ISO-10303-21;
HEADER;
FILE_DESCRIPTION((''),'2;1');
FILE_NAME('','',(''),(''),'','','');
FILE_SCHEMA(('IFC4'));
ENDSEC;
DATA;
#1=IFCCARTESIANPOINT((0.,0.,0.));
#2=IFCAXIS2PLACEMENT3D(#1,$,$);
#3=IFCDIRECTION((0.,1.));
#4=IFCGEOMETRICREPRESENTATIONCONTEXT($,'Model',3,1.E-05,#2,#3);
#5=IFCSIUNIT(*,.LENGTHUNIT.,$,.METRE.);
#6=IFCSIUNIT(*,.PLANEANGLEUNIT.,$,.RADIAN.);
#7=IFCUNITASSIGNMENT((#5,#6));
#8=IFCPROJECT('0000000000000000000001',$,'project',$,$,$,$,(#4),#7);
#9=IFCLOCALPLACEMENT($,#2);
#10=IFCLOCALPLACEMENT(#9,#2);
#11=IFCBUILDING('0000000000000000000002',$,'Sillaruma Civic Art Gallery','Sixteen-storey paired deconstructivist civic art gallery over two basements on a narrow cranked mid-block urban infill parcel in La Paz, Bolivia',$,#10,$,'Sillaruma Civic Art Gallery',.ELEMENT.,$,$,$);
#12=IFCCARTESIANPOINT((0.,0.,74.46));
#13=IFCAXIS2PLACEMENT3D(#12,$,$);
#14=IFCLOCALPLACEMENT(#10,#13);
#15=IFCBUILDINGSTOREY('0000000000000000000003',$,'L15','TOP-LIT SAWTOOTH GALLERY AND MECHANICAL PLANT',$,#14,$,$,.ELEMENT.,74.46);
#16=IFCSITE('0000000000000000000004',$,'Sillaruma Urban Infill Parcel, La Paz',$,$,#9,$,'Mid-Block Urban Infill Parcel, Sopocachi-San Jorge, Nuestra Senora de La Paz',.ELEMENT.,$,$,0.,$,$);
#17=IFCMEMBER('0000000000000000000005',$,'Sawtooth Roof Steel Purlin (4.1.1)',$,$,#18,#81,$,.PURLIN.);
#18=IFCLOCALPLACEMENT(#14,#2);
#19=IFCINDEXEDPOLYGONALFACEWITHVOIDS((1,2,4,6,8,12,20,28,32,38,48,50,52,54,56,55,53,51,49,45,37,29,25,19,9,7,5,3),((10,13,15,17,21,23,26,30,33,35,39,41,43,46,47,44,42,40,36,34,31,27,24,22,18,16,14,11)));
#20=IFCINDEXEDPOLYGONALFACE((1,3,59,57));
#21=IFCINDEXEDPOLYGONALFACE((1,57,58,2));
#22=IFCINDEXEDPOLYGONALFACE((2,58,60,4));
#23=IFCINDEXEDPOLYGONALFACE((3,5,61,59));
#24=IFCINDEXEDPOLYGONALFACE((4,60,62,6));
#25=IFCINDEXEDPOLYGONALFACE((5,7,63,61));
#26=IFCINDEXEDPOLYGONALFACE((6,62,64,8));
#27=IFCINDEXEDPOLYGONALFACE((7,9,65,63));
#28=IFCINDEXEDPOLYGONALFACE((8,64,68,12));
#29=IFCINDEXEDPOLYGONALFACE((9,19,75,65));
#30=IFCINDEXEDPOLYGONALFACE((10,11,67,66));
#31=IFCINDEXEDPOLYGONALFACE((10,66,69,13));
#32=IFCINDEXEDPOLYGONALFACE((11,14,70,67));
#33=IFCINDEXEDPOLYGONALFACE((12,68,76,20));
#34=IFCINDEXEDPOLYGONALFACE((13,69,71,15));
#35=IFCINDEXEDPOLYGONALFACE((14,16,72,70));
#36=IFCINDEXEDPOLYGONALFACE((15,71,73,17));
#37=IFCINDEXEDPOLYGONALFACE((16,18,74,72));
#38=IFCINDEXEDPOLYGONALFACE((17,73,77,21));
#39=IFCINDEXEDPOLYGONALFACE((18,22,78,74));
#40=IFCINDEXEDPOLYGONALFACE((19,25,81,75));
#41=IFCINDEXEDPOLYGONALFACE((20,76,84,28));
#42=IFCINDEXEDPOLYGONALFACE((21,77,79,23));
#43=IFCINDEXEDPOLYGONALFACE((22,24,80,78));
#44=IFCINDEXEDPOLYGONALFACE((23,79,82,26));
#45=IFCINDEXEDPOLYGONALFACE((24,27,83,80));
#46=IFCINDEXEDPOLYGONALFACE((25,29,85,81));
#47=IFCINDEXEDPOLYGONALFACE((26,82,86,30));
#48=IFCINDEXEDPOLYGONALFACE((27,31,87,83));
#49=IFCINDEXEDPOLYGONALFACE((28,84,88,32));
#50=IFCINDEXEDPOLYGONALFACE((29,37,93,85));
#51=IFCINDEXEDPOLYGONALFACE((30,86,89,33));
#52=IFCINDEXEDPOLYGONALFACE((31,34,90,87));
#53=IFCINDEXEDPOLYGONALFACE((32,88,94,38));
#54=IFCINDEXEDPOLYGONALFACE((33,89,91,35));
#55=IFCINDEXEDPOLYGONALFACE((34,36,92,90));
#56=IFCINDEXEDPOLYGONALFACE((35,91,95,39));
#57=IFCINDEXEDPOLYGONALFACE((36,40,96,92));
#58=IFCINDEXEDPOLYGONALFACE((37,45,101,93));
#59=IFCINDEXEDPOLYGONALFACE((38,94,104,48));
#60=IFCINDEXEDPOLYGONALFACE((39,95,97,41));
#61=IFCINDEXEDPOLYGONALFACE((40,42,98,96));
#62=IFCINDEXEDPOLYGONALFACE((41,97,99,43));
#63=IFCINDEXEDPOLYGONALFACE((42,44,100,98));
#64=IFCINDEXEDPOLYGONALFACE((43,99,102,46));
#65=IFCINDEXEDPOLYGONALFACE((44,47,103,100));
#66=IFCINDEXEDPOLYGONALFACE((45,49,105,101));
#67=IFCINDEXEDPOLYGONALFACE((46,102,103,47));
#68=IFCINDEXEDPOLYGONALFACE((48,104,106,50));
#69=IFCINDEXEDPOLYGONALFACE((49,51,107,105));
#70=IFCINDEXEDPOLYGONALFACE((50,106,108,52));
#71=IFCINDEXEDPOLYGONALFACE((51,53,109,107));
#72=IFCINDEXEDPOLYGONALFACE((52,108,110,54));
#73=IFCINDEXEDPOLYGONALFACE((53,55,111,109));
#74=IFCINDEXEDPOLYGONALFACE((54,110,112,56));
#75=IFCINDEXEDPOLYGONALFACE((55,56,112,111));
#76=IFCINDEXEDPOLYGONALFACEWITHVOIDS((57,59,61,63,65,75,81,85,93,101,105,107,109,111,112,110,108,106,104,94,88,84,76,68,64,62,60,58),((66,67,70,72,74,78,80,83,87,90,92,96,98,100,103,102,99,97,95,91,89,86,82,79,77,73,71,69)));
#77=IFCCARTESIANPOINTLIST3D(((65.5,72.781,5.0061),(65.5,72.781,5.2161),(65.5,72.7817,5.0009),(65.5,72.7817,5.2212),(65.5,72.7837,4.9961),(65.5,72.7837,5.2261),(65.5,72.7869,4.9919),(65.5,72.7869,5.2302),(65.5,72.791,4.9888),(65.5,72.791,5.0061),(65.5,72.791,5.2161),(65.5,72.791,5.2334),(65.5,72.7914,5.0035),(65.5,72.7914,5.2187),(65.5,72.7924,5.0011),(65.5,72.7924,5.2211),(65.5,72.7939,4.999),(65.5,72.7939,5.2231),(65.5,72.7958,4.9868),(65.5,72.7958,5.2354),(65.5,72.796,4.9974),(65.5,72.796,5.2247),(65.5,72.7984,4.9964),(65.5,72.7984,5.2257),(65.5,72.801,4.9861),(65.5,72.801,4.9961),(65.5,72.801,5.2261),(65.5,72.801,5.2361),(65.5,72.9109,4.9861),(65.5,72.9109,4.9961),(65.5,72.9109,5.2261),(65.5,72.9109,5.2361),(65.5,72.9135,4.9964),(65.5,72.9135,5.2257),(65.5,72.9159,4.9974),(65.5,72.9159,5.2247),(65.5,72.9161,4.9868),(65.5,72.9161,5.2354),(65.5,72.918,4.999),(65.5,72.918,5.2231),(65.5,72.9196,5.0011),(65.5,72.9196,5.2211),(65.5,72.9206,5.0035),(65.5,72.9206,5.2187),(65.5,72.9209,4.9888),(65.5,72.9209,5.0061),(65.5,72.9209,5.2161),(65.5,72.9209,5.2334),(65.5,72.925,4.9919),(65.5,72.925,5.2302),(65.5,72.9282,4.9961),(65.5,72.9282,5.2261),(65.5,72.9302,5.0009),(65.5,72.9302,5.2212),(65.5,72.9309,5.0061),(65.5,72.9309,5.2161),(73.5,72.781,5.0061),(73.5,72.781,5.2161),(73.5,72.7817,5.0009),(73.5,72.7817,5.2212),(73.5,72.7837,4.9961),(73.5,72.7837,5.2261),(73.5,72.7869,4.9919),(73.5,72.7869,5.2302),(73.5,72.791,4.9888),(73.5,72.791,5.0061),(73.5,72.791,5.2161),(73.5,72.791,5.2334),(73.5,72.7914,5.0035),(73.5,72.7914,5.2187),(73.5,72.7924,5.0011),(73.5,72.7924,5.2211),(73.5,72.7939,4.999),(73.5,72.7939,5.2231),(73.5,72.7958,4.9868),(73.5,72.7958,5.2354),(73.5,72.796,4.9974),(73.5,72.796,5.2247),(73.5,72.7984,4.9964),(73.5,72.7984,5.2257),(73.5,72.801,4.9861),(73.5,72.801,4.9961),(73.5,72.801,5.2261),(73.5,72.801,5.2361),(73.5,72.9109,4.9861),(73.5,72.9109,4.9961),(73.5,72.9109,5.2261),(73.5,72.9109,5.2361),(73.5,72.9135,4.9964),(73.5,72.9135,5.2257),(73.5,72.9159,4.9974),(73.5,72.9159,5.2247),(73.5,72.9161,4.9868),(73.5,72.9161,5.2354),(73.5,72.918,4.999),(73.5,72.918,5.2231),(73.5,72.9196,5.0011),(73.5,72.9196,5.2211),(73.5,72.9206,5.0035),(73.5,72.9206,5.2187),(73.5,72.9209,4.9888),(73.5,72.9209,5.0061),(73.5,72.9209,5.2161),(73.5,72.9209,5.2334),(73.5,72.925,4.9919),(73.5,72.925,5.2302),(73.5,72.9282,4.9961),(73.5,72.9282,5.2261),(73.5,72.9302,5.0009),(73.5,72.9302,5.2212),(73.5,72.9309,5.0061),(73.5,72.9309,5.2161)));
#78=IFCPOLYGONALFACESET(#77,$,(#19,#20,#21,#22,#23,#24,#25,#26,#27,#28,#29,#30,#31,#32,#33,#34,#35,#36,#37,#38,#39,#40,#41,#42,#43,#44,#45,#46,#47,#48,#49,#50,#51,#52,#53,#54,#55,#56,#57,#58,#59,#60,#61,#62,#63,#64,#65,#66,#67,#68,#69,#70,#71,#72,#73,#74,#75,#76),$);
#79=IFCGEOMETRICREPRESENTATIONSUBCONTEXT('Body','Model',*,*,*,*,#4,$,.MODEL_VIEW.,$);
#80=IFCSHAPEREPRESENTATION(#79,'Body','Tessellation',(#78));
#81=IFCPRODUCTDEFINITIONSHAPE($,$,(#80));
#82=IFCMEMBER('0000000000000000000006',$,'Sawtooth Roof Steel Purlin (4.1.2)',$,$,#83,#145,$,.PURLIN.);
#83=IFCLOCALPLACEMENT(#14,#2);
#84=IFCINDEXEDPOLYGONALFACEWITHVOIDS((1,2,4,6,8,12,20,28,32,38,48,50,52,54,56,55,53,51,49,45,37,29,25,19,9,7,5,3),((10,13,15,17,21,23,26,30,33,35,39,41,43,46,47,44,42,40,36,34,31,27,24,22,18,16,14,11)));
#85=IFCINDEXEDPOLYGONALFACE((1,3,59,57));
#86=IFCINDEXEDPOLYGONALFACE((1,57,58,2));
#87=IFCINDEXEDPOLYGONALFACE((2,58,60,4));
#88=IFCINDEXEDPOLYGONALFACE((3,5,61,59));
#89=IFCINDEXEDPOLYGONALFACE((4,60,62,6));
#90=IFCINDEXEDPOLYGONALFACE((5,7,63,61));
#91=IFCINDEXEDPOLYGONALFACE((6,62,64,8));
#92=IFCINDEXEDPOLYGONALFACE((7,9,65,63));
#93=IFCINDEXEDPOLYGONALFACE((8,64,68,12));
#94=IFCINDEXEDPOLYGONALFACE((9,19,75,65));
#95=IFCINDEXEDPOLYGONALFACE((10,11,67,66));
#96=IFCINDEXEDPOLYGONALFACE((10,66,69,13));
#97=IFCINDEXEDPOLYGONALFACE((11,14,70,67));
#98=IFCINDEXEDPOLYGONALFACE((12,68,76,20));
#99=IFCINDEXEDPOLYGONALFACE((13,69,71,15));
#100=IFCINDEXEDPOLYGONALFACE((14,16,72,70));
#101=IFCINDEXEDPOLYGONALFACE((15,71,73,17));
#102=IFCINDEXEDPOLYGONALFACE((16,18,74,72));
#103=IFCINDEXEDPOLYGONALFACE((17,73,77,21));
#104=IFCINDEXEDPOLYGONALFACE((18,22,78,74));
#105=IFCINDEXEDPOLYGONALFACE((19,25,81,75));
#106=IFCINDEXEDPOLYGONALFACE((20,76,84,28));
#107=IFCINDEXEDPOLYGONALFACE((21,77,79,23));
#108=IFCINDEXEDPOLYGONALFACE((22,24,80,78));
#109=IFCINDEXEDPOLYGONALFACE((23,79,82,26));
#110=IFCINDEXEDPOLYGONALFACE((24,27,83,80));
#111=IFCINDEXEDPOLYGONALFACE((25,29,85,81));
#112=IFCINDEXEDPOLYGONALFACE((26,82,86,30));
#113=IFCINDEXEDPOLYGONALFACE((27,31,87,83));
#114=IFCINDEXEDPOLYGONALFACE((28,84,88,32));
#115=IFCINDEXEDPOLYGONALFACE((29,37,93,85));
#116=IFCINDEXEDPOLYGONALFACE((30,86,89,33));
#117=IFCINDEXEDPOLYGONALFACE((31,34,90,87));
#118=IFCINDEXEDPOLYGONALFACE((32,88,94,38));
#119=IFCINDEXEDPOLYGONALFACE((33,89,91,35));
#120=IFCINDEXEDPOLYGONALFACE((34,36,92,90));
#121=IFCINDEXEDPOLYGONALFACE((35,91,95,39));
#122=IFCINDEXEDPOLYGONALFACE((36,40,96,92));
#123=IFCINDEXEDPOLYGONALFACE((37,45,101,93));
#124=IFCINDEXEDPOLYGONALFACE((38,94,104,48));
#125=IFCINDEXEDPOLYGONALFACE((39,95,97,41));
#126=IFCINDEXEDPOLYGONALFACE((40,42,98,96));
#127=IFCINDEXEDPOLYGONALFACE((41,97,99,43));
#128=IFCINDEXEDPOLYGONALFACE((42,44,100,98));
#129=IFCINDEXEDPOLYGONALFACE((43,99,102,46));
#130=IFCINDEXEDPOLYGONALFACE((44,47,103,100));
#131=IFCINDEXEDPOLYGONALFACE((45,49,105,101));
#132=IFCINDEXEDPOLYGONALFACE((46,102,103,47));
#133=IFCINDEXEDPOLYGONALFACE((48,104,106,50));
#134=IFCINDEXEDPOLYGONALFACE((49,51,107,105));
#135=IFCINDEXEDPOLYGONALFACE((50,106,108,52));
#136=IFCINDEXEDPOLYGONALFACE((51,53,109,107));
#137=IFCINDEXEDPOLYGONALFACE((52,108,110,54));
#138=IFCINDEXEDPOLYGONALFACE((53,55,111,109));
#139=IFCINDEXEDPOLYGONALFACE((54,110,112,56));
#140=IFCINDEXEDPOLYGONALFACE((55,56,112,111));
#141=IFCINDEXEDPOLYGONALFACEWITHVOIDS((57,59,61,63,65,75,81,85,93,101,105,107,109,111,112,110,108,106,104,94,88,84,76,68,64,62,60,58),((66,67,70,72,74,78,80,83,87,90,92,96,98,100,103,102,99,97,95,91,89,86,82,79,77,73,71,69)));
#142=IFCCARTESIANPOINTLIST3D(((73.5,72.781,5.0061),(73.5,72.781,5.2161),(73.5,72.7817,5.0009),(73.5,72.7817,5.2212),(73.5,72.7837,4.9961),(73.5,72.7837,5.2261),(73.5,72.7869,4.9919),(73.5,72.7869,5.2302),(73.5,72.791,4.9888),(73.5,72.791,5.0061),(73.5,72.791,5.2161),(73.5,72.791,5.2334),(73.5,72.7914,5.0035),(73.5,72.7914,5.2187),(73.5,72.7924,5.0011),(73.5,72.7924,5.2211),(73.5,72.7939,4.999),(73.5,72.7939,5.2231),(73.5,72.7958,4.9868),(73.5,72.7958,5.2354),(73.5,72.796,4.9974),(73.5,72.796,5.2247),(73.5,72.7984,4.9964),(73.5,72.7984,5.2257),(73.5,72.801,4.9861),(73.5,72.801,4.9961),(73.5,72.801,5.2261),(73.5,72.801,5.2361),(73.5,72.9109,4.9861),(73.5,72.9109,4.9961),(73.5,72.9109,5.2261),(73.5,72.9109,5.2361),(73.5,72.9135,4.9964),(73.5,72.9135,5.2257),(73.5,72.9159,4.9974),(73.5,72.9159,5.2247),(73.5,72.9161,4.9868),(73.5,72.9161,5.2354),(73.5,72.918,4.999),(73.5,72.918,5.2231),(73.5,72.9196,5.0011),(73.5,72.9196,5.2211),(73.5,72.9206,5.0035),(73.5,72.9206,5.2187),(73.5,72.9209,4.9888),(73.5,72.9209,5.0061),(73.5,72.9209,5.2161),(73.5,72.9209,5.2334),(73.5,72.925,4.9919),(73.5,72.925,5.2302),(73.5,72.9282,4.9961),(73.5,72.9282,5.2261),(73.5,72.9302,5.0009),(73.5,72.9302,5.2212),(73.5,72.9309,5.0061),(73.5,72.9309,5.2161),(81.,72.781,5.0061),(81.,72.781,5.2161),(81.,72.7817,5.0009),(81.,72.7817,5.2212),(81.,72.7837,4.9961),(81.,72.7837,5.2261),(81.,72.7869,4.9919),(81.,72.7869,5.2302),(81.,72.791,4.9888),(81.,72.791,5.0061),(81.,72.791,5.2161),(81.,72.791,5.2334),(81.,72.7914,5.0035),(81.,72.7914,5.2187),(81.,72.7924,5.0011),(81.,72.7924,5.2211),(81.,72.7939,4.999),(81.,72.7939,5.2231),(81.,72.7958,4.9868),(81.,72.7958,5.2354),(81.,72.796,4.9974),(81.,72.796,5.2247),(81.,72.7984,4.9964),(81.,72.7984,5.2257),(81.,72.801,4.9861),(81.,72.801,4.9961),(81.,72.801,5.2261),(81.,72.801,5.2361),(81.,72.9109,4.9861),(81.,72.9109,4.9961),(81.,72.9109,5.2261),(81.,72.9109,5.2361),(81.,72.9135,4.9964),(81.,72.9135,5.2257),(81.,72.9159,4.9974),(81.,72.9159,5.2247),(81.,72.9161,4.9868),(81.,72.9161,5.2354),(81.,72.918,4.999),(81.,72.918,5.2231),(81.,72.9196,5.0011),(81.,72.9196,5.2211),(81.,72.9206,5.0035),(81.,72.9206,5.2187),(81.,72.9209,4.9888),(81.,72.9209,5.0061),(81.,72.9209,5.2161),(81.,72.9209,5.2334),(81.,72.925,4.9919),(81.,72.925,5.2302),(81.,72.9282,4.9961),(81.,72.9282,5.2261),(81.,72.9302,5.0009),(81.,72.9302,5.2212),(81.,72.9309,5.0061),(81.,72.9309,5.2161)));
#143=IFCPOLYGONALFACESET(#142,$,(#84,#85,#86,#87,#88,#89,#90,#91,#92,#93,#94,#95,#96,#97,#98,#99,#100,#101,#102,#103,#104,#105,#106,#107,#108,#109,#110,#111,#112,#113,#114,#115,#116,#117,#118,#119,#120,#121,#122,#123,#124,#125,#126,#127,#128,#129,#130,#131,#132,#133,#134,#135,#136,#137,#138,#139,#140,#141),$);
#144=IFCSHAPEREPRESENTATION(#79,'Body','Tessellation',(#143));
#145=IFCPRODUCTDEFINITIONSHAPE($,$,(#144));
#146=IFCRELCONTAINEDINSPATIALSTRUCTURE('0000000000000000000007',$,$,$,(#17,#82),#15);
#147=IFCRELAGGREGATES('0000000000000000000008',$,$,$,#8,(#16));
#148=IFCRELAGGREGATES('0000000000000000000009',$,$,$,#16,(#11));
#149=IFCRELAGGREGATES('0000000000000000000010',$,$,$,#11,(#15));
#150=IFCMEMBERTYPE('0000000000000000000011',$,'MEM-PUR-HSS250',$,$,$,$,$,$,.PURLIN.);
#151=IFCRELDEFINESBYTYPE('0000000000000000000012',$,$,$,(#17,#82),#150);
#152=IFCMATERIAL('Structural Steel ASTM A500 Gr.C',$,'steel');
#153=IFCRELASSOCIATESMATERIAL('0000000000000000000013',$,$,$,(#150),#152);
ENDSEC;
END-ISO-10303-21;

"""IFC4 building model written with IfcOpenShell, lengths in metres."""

from ifc_helpers import new_model, si_unit, direction, frame, origin, origin_2d, place, context, subcontext, project, spatial, hollow_rectangle, extrude, material, material_profile, profile_set, type_object, element, save


model = new_model("IFC4")

# Units and contexts
model_context = context("Model", 3, precision=1e-05, world=origin(), true_north=direction((0.0, 1.0)))
body_context = subcontext(model_context, "Body", "Model", "MODEL_VIEW")
ifc_project = project(units=[si_unit("LENGTHUNIT", "METRE"), si_unit("PLANEANGLEUNIT", "RADIAN")], contexts=[model_context])

# Site, building, storey
site_placement = place(None, origin())
site = spatial("IfcSite", under=ifc_project, at=site_placement, Name="Sillaruma Urban Infill Parcel, La Paz", LongName="Mid-Block Urban Infill Parcel, Sopocachi-San Jorge, Nuestra Senora de La Paz", CompositionType="ELEMENT", RefElevation=0.0)
building_placement = place(site_placement, origin())
building = spatial("IfcBuilding", under=site, at=building_placement, Name="Sillaruma Civic Art Gallery", Description="Sixteen-storey paired deconstructivist civic art gallery over two basements on a narrow cranked mid-block urban infill parcel in La Paz, Bolivia", LongName="Sillaruma Civic Art Gallery", CompositionType="ELEMENT")
storey_placement = place(building_placement, frame((0.0, 0.0, 74.46)))
storey = spatial("IfcBuildingStorey", under=building, at=storey_placement, Name="L15", Description="TOP-LIT SAWTOOTH GALLERY AND MECHANICAL PLANT", CompositionType="ELEMENT", Elevation=74.46)

# Members
ifc_material_1 = material(Name="Structural Steel ASTM A500 Gr.C", Category="steel")
ifc_material_profile_1 = material_profile(ifc_material_1, hollow_rectangle(XDim=0.1499, YDim=0.25, WallThickness=0.01, InnerFilletRadius=0.01, OuterFilletRadius=0.02, at=origin_2d()), Name="HSS250x150x10")
ifc_profile_set_1 = profile_set([ifc_material_profile_1], Name="Structural Steel ASTM A500 Gr.C")
member_type_1 = type_object("IfcMemberType", Name="MEM-PUR-HSS250", PredefinedType="PURLIN", material=ifc_profile_set_1)
member_1_placement = place(storey_placement, frame((65.5, 72.856, 5.1111), z_axis=(1.0, 0.0, 0.0), x_axis=(0.0, 1.0, 0.0)))
element("IfcMember", 1, at=member_1_placement, inside=storey, type_object=member_type_1, Name="Sawtooth Roof Steel Purlin (4.1.1)", PredefinedType="PURLIN", context=body_context, shape_type="SweptSolid", body=[
    extrude(hollow_rectangle(XDim=0.1499, YDim=0.25, WallThickness=0.01, InnerFilletRadius=0.01, OuterFilletRadius=0.02, at=origin_2d()), origin(), (0.0, 0.0, 1.0), 8.0),
])
member_2_placement = place(storey_placement, frame((73.5, 72.856, 5.1111), z_axis=(1.0, 0.0, 0.0), x_axis=(0.0, 1.0, 0.0)))
element("IfcMember", 2, at=member_2_placement, inside=storey, type_object=member_type_1, Name="Sawtooth Roof Steel Purlin (4.1.2)", PredefinedType="PURLIN", context=body_context, shape_type="SweptSolid", body=[
    extrude(hollow_rectangle(XDim=0.1499, YDim=0.25, WallThickness=0.01, InnerFilletRadius=0.01, OuterFilletRadius=0.02, at=origin_2d()), origin(), (0.0, 0.0, 1.0), 7.5),
])

save(model, "model.ifc")
